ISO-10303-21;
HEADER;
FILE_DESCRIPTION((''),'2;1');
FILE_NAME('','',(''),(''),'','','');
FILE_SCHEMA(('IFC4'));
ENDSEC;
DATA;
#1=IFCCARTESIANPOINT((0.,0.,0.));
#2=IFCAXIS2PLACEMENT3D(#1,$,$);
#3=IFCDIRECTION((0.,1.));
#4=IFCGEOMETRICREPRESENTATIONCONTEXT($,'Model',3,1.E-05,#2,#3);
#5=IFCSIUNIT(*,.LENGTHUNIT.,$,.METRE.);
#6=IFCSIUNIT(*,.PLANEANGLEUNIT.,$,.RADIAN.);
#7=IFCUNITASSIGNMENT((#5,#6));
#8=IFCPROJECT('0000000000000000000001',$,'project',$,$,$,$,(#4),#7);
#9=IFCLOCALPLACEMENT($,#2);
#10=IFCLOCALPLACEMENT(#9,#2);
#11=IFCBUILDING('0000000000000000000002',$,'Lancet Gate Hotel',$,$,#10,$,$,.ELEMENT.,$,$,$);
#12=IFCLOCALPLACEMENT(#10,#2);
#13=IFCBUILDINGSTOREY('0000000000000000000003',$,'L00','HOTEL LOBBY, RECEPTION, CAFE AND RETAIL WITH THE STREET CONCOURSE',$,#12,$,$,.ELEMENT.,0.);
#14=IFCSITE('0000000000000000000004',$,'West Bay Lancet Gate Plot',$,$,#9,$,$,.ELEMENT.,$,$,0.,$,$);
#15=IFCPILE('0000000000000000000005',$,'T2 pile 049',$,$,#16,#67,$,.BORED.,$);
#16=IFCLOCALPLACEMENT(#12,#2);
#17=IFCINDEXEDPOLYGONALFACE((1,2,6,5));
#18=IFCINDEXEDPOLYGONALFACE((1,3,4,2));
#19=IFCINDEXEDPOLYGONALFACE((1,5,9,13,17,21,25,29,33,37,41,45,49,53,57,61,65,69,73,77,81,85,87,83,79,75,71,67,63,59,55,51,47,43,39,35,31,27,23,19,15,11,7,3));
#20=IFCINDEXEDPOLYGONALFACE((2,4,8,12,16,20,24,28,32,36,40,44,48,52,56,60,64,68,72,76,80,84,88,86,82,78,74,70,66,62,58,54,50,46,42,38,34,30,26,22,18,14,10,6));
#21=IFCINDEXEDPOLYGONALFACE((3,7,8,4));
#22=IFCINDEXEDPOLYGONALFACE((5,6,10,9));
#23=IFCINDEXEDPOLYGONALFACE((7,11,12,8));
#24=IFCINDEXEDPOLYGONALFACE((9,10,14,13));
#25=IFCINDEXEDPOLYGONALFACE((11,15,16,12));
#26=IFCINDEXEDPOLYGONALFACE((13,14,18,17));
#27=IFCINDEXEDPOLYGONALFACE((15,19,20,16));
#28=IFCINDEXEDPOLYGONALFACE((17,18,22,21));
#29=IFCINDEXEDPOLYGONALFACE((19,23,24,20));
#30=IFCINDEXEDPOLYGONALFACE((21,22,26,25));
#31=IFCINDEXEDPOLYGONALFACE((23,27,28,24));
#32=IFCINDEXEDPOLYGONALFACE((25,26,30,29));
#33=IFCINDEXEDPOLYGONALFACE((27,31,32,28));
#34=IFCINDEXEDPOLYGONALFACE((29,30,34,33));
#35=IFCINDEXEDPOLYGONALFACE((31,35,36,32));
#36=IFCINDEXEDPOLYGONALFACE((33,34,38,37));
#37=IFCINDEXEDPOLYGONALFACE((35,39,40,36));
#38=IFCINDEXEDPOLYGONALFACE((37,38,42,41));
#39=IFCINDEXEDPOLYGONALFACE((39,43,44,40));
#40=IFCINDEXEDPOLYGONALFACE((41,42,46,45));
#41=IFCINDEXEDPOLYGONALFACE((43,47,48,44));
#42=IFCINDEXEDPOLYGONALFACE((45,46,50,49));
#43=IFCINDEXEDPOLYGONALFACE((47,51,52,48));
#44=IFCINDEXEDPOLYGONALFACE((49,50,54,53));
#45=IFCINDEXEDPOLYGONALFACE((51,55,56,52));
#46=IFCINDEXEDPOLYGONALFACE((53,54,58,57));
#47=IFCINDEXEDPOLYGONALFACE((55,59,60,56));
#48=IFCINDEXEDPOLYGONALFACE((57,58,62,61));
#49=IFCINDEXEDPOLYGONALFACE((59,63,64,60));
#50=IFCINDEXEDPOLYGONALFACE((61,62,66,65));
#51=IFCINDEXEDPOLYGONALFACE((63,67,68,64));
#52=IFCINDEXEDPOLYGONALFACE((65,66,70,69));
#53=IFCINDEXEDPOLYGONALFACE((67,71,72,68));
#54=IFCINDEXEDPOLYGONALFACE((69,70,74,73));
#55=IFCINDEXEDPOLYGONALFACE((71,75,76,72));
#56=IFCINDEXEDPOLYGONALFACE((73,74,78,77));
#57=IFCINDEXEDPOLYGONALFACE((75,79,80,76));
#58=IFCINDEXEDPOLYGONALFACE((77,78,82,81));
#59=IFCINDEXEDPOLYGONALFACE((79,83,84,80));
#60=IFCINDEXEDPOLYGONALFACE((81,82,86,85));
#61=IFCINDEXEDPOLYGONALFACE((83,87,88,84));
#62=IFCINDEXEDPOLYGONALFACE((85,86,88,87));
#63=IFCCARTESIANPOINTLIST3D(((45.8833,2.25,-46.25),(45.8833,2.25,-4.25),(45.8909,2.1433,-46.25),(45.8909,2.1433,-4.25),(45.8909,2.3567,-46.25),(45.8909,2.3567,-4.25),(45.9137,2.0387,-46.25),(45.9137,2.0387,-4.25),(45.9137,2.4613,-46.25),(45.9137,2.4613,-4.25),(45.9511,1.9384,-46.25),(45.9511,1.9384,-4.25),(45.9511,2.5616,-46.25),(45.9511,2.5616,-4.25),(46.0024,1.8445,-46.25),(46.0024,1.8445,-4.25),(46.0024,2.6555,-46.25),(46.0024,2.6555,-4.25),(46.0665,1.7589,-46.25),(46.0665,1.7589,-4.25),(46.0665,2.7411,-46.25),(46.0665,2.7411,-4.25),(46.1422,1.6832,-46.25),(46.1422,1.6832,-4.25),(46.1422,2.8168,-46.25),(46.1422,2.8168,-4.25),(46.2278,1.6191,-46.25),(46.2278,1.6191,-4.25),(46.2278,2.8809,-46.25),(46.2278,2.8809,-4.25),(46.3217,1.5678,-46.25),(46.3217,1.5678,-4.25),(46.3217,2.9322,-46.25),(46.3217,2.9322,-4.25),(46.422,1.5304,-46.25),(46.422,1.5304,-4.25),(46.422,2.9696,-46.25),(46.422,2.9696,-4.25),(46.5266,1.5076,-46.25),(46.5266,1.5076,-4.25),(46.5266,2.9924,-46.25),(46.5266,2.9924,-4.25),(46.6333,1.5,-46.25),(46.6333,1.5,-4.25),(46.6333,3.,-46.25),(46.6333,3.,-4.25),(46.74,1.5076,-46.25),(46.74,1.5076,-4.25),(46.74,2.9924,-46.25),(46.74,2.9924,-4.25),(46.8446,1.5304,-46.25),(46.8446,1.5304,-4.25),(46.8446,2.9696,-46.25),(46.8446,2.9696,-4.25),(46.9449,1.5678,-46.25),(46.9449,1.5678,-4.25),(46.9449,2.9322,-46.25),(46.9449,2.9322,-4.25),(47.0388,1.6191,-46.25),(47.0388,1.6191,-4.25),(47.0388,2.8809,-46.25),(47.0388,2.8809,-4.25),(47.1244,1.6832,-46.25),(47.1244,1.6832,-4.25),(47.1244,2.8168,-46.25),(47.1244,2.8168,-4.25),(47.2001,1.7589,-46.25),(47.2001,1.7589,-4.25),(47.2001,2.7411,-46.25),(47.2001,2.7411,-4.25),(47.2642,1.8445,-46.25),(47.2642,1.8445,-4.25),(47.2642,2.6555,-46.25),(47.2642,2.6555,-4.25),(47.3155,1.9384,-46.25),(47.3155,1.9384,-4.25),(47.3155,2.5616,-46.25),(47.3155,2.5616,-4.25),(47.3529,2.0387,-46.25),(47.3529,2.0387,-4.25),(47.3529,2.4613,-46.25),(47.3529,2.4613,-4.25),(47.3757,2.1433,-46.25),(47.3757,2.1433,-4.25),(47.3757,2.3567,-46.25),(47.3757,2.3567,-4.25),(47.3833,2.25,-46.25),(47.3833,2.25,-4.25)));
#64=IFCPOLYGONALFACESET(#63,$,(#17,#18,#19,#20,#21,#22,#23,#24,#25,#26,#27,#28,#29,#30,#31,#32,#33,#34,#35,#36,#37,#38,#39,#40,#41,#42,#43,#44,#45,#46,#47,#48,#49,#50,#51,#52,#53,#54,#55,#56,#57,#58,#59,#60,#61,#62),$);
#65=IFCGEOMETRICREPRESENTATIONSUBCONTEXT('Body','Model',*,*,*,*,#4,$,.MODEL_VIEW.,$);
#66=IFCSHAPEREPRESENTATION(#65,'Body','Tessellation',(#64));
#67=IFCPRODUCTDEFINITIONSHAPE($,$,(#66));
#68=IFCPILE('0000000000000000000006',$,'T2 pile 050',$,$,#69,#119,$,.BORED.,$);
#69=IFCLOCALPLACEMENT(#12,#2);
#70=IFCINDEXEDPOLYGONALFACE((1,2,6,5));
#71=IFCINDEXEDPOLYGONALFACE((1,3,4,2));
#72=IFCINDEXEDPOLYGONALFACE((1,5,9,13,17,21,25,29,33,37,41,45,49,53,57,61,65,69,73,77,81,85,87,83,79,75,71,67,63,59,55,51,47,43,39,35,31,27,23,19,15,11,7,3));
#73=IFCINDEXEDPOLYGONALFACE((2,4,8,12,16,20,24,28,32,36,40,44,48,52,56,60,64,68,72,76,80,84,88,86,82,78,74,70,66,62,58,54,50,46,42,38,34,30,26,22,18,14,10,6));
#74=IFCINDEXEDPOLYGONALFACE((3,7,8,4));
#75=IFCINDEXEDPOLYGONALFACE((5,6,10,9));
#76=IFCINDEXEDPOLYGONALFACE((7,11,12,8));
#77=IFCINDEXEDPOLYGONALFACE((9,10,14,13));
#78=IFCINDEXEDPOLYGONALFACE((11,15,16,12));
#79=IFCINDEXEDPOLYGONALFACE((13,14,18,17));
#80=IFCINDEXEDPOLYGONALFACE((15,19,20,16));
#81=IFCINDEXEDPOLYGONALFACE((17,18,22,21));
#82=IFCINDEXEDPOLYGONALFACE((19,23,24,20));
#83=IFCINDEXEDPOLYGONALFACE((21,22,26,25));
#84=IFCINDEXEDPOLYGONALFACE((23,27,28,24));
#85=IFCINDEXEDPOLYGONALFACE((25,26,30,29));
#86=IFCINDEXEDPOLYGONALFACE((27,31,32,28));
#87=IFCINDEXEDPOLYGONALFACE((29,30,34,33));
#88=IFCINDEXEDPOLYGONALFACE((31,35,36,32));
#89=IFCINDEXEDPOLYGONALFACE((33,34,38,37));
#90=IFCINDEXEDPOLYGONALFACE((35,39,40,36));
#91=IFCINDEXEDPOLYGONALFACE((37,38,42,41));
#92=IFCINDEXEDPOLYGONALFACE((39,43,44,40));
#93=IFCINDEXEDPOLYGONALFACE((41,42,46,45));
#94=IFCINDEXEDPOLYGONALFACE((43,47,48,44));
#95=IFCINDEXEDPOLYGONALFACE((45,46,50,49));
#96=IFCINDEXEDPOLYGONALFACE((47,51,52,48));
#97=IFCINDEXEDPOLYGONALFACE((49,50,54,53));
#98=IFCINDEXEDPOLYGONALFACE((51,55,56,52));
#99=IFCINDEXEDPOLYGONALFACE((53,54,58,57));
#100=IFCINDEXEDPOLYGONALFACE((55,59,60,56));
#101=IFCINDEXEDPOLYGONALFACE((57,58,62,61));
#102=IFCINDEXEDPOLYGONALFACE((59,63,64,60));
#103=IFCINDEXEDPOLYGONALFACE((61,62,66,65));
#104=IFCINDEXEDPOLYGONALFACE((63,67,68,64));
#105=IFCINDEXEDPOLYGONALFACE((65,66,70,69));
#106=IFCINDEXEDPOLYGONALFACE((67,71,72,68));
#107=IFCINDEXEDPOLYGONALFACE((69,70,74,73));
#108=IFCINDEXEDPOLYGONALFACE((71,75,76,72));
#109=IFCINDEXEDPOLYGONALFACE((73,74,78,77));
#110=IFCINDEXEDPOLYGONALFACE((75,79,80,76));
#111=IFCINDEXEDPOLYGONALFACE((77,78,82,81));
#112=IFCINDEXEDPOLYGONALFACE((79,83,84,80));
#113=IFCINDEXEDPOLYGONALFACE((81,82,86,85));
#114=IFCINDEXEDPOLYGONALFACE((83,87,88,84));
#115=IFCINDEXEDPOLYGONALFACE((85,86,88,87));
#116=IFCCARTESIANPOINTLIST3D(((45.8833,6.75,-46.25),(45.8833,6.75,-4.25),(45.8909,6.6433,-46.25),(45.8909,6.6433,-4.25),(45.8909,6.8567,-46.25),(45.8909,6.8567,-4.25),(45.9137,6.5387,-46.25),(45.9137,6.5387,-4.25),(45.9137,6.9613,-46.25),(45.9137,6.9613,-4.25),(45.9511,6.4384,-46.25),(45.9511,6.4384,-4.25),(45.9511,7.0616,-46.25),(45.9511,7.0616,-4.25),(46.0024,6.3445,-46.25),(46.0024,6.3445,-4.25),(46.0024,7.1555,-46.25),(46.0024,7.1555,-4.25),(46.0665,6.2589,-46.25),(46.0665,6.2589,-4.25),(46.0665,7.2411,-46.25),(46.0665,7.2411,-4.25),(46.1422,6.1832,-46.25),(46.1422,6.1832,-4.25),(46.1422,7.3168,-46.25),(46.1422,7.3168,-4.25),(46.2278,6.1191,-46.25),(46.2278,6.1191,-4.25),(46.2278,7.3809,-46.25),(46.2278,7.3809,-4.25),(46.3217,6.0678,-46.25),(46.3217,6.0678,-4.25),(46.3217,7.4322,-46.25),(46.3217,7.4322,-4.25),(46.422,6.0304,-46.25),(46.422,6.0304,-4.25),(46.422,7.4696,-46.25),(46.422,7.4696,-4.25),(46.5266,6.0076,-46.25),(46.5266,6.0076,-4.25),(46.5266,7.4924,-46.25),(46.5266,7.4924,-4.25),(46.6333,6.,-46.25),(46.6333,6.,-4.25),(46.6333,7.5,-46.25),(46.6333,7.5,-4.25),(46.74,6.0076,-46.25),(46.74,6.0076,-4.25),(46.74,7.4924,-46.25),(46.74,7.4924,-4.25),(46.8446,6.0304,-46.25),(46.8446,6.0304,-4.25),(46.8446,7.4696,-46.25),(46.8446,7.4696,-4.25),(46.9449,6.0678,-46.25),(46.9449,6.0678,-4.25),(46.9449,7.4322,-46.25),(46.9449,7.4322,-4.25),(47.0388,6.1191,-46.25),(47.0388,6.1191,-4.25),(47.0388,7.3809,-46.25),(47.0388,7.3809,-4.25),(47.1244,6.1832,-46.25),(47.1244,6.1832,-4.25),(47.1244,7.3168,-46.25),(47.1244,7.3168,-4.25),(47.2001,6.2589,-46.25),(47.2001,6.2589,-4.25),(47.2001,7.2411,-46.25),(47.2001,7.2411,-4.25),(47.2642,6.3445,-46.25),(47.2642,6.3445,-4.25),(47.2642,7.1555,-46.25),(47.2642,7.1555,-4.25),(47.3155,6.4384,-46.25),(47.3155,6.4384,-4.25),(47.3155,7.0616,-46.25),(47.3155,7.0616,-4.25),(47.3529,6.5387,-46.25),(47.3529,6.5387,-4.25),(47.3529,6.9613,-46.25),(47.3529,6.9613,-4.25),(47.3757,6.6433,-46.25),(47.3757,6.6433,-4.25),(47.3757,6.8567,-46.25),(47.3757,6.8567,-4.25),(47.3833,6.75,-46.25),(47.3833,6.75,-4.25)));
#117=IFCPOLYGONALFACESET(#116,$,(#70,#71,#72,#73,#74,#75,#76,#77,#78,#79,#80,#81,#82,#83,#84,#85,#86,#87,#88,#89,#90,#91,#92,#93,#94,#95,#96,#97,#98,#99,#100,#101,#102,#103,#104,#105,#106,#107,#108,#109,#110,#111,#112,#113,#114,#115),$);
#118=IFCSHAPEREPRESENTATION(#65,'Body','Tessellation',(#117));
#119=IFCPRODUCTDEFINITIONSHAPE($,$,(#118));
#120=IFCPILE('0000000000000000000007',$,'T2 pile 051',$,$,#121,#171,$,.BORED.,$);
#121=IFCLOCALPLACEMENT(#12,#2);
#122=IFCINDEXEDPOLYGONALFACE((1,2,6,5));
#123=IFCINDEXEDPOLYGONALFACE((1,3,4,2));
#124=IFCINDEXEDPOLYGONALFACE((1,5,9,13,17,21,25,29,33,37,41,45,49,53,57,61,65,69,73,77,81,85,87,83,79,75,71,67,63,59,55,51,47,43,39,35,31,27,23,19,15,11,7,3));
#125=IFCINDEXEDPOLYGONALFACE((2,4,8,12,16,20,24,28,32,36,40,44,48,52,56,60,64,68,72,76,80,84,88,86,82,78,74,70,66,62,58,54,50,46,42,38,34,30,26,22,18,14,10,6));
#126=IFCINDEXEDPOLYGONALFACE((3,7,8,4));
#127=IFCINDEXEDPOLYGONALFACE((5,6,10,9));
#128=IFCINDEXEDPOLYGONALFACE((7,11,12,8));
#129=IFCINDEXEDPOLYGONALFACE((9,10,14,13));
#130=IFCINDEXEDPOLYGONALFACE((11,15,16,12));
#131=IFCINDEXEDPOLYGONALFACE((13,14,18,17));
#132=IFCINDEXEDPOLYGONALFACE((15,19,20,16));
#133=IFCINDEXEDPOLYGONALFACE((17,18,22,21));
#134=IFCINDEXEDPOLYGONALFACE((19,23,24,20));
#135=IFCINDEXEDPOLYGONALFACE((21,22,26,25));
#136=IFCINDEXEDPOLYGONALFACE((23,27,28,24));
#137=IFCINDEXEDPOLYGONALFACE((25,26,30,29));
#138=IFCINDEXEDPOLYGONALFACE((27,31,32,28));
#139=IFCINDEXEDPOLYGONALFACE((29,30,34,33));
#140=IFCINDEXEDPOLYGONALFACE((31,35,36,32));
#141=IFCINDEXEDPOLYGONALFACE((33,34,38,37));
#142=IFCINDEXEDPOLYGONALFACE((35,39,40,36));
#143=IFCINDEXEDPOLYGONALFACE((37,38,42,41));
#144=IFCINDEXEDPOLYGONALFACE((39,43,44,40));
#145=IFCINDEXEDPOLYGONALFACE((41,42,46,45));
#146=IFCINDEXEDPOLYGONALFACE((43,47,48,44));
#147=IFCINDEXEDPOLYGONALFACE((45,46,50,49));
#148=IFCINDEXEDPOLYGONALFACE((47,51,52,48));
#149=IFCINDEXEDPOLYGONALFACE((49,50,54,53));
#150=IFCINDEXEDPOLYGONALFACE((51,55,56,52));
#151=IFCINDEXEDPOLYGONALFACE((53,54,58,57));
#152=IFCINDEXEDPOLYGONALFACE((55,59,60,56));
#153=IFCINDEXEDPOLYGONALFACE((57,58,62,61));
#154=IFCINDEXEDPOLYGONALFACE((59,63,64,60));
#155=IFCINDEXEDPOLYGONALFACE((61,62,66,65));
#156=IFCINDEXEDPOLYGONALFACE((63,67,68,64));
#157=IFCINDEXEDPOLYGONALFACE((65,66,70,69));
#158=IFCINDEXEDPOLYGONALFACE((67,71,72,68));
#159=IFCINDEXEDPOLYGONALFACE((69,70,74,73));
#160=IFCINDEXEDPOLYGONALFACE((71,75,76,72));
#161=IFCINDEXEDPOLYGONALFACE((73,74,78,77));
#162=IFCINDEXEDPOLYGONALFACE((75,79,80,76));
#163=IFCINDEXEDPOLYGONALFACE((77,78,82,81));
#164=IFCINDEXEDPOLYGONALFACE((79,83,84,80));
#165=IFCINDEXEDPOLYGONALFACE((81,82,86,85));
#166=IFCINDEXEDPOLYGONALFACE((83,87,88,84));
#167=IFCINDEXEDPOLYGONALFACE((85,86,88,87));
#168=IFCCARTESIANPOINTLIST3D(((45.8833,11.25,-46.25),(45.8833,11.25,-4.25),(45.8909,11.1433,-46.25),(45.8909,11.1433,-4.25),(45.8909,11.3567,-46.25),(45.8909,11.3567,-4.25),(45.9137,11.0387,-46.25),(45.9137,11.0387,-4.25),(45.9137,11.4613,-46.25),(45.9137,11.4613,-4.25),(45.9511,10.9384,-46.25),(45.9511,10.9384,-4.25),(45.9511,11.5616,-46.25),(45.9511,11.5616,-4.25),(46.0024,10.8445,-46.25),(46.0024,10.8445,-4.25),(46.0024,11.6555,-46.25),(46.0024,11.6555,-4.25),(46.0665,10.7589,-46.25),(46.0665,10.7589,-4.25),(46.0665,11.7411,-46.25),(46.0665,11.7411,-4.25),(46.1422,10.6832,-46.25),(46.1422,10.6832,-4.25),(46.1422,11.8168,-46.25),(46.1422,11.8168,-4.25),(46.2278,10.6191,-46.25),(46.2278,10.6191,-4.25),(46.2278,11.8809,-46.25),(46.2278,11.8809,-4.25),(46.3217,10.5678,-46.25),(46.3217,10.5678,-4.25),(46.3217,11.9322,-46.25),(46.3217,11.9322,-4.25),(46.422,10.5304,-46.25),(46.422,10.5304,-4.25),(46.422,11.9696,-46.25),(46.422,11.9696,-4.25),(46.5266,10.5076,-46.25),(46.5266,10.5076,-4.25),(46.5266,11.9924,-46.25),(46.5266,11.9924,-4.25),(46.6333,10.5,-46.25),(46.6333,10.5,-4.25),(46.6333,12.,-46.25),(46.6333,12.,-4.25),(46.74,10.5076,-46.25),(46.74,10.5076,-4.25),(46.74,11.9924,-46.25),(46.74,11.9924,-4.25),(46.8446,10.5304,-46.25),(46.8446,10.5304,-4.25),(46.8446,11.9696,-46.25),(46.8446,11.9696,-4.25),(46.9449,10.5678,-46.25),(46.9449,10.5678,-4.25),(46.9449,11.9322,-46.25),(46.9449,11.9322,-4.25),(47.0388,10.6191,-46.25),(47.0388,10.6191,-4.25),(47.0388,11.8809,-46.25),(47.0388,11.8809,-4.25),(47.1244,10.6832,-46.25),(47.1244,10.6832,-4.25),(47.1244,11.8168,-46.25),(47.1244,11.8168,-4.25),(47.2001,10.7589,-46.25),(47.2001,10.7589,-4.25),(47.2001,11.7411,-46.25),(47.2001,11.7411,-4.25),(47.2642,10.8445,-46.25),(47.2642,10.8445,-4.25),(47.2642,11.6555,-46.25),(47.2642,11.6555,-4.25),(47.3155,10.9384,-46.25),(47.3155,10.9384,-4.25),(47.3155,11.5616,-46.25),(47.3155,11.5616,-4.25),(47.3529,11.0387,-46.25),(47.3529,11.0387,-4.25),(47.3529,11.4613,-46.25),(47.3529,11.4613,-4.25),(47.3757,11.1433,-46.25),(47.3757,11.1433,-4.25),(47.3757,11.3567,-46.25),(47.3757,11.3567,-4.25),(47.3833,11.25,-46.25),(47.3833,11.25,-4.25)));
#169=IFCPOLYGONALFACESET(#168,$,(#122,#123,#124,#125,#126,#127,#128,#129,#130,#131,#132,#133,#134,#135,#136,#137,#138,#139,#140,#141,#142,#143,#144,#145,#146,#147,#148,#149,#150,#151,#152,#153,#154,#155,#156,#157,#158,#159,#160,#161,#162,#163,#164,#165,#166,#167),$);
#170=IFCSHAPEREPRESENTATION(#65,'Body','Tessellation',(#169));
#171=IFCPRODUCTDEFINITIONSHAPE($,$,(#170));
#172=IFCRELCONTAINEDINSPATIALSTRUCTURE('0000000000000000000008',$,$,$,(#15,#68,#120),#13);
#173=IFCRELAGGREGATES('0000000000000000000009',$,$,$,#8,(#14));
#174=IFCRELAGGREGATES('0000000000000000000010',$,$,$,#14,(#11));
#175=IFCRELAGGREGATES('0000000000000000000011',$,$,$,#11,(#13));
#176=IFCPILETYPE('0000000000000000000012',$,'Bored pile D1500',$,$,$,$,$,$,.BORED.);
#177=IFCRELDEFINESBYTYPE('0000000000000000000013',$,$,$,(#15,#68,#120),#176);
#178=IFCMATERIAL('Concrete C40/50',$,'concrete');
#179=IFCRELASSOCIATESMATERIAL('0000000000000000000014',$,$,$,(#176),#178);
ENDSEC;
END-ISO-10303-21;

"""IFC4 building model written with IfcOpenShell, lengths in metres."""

from ifc_helpers import new_model, si_unit, direction, frame, origin, origin_2d, place, context, subcontext, project, spatial, circle, extrude, material, material_profile, profile_set, type_object, element, save


model = new_model("IFC4")

# Units and contexts
model_context = context("Model", 3, precision=1e-05, world=origin(), true_north=direction((0.0, 1.0)))
body_context = subcontext(model_context, "Body", "Model", "MODEL_VIEW")
ifc_project = project(units=[si_unit("LENGTHUNIT", "METRE"), si_unit("PLANEANGLEUNIT", "RADIAN")], contexts=[model_context])

# Site, building, storey
site_placement = place(None, origin())
site = spatial("IfcSite", under=ifc_project, at=site_placement, Name="West Bay Lancet Gate Plot", CompositionType="ELEMENT", RefElevation=0.0)
building_placement = place(site_placement, origin())
building = spatial("IfcBuilding", under=site, at=building_placement, Name="Lancet Gate Hotel", CompositionType="ELEMENT")
storey_placement = place(building_placement, origin())
storey = spatial("IfcBuildingStorey", under=building, at=storey_placement, Name="L00", Description="HOTEL LOBBY, RECEPTION, CAFE AND RETAIL WITH THE STREET CONCOURSE", CompositionType="ELEMENT", Elevation=0.0)

# Piles
ifc_material_1 = material(Name="Concrete C40/50", Category="concrete")
ifc_material_profile_1 = material_profile(ifc_material_1, circle(Radius=0.75, at=origin_2d()), Name="PILE D1500")
ifc_profile_set_1 = profile_set([ifc_material_profile_1], Name="Concrete C40/50")
pile_type = type_object("IfcPileType", Name="Bored pile D1500", PredefinedType="BORED", material=ifc_profile_set_1)
for number, where, z_axis, x_axis, name in (
    (1, (46.6333, 2.25, -4.25), (0.0, 0.0, -1.0), (1.0, 0.0, 0.0), "T2 pile 049"),
    (2, (46.6333, 6.75, -4.25), (0.0, 0.0, -1.0), (1.0, 0.0, 0.0), "T2 pile 050"),
    (3, (46.6333, 11.25, -4.25), (0.0, 0.0, -1.0), (1.0, 0.0, 0.0), "T2 pile 051"),
):
    element("IfcPile", number, at=place(storey_placement, frame(where, z_axis=z_axis, x_axis=x_axis)), inside=storey, type_object=pile_type, Name=name, PredefinedType="BORED", context=body_context, shape_type="SweptSolid", body=[
        extrude(circle(Radius=0.75, at=origin_2d()), origin(), (0.0, 0.0, 1.0), 42.0),
    ])

save(model, "model.ifc")
